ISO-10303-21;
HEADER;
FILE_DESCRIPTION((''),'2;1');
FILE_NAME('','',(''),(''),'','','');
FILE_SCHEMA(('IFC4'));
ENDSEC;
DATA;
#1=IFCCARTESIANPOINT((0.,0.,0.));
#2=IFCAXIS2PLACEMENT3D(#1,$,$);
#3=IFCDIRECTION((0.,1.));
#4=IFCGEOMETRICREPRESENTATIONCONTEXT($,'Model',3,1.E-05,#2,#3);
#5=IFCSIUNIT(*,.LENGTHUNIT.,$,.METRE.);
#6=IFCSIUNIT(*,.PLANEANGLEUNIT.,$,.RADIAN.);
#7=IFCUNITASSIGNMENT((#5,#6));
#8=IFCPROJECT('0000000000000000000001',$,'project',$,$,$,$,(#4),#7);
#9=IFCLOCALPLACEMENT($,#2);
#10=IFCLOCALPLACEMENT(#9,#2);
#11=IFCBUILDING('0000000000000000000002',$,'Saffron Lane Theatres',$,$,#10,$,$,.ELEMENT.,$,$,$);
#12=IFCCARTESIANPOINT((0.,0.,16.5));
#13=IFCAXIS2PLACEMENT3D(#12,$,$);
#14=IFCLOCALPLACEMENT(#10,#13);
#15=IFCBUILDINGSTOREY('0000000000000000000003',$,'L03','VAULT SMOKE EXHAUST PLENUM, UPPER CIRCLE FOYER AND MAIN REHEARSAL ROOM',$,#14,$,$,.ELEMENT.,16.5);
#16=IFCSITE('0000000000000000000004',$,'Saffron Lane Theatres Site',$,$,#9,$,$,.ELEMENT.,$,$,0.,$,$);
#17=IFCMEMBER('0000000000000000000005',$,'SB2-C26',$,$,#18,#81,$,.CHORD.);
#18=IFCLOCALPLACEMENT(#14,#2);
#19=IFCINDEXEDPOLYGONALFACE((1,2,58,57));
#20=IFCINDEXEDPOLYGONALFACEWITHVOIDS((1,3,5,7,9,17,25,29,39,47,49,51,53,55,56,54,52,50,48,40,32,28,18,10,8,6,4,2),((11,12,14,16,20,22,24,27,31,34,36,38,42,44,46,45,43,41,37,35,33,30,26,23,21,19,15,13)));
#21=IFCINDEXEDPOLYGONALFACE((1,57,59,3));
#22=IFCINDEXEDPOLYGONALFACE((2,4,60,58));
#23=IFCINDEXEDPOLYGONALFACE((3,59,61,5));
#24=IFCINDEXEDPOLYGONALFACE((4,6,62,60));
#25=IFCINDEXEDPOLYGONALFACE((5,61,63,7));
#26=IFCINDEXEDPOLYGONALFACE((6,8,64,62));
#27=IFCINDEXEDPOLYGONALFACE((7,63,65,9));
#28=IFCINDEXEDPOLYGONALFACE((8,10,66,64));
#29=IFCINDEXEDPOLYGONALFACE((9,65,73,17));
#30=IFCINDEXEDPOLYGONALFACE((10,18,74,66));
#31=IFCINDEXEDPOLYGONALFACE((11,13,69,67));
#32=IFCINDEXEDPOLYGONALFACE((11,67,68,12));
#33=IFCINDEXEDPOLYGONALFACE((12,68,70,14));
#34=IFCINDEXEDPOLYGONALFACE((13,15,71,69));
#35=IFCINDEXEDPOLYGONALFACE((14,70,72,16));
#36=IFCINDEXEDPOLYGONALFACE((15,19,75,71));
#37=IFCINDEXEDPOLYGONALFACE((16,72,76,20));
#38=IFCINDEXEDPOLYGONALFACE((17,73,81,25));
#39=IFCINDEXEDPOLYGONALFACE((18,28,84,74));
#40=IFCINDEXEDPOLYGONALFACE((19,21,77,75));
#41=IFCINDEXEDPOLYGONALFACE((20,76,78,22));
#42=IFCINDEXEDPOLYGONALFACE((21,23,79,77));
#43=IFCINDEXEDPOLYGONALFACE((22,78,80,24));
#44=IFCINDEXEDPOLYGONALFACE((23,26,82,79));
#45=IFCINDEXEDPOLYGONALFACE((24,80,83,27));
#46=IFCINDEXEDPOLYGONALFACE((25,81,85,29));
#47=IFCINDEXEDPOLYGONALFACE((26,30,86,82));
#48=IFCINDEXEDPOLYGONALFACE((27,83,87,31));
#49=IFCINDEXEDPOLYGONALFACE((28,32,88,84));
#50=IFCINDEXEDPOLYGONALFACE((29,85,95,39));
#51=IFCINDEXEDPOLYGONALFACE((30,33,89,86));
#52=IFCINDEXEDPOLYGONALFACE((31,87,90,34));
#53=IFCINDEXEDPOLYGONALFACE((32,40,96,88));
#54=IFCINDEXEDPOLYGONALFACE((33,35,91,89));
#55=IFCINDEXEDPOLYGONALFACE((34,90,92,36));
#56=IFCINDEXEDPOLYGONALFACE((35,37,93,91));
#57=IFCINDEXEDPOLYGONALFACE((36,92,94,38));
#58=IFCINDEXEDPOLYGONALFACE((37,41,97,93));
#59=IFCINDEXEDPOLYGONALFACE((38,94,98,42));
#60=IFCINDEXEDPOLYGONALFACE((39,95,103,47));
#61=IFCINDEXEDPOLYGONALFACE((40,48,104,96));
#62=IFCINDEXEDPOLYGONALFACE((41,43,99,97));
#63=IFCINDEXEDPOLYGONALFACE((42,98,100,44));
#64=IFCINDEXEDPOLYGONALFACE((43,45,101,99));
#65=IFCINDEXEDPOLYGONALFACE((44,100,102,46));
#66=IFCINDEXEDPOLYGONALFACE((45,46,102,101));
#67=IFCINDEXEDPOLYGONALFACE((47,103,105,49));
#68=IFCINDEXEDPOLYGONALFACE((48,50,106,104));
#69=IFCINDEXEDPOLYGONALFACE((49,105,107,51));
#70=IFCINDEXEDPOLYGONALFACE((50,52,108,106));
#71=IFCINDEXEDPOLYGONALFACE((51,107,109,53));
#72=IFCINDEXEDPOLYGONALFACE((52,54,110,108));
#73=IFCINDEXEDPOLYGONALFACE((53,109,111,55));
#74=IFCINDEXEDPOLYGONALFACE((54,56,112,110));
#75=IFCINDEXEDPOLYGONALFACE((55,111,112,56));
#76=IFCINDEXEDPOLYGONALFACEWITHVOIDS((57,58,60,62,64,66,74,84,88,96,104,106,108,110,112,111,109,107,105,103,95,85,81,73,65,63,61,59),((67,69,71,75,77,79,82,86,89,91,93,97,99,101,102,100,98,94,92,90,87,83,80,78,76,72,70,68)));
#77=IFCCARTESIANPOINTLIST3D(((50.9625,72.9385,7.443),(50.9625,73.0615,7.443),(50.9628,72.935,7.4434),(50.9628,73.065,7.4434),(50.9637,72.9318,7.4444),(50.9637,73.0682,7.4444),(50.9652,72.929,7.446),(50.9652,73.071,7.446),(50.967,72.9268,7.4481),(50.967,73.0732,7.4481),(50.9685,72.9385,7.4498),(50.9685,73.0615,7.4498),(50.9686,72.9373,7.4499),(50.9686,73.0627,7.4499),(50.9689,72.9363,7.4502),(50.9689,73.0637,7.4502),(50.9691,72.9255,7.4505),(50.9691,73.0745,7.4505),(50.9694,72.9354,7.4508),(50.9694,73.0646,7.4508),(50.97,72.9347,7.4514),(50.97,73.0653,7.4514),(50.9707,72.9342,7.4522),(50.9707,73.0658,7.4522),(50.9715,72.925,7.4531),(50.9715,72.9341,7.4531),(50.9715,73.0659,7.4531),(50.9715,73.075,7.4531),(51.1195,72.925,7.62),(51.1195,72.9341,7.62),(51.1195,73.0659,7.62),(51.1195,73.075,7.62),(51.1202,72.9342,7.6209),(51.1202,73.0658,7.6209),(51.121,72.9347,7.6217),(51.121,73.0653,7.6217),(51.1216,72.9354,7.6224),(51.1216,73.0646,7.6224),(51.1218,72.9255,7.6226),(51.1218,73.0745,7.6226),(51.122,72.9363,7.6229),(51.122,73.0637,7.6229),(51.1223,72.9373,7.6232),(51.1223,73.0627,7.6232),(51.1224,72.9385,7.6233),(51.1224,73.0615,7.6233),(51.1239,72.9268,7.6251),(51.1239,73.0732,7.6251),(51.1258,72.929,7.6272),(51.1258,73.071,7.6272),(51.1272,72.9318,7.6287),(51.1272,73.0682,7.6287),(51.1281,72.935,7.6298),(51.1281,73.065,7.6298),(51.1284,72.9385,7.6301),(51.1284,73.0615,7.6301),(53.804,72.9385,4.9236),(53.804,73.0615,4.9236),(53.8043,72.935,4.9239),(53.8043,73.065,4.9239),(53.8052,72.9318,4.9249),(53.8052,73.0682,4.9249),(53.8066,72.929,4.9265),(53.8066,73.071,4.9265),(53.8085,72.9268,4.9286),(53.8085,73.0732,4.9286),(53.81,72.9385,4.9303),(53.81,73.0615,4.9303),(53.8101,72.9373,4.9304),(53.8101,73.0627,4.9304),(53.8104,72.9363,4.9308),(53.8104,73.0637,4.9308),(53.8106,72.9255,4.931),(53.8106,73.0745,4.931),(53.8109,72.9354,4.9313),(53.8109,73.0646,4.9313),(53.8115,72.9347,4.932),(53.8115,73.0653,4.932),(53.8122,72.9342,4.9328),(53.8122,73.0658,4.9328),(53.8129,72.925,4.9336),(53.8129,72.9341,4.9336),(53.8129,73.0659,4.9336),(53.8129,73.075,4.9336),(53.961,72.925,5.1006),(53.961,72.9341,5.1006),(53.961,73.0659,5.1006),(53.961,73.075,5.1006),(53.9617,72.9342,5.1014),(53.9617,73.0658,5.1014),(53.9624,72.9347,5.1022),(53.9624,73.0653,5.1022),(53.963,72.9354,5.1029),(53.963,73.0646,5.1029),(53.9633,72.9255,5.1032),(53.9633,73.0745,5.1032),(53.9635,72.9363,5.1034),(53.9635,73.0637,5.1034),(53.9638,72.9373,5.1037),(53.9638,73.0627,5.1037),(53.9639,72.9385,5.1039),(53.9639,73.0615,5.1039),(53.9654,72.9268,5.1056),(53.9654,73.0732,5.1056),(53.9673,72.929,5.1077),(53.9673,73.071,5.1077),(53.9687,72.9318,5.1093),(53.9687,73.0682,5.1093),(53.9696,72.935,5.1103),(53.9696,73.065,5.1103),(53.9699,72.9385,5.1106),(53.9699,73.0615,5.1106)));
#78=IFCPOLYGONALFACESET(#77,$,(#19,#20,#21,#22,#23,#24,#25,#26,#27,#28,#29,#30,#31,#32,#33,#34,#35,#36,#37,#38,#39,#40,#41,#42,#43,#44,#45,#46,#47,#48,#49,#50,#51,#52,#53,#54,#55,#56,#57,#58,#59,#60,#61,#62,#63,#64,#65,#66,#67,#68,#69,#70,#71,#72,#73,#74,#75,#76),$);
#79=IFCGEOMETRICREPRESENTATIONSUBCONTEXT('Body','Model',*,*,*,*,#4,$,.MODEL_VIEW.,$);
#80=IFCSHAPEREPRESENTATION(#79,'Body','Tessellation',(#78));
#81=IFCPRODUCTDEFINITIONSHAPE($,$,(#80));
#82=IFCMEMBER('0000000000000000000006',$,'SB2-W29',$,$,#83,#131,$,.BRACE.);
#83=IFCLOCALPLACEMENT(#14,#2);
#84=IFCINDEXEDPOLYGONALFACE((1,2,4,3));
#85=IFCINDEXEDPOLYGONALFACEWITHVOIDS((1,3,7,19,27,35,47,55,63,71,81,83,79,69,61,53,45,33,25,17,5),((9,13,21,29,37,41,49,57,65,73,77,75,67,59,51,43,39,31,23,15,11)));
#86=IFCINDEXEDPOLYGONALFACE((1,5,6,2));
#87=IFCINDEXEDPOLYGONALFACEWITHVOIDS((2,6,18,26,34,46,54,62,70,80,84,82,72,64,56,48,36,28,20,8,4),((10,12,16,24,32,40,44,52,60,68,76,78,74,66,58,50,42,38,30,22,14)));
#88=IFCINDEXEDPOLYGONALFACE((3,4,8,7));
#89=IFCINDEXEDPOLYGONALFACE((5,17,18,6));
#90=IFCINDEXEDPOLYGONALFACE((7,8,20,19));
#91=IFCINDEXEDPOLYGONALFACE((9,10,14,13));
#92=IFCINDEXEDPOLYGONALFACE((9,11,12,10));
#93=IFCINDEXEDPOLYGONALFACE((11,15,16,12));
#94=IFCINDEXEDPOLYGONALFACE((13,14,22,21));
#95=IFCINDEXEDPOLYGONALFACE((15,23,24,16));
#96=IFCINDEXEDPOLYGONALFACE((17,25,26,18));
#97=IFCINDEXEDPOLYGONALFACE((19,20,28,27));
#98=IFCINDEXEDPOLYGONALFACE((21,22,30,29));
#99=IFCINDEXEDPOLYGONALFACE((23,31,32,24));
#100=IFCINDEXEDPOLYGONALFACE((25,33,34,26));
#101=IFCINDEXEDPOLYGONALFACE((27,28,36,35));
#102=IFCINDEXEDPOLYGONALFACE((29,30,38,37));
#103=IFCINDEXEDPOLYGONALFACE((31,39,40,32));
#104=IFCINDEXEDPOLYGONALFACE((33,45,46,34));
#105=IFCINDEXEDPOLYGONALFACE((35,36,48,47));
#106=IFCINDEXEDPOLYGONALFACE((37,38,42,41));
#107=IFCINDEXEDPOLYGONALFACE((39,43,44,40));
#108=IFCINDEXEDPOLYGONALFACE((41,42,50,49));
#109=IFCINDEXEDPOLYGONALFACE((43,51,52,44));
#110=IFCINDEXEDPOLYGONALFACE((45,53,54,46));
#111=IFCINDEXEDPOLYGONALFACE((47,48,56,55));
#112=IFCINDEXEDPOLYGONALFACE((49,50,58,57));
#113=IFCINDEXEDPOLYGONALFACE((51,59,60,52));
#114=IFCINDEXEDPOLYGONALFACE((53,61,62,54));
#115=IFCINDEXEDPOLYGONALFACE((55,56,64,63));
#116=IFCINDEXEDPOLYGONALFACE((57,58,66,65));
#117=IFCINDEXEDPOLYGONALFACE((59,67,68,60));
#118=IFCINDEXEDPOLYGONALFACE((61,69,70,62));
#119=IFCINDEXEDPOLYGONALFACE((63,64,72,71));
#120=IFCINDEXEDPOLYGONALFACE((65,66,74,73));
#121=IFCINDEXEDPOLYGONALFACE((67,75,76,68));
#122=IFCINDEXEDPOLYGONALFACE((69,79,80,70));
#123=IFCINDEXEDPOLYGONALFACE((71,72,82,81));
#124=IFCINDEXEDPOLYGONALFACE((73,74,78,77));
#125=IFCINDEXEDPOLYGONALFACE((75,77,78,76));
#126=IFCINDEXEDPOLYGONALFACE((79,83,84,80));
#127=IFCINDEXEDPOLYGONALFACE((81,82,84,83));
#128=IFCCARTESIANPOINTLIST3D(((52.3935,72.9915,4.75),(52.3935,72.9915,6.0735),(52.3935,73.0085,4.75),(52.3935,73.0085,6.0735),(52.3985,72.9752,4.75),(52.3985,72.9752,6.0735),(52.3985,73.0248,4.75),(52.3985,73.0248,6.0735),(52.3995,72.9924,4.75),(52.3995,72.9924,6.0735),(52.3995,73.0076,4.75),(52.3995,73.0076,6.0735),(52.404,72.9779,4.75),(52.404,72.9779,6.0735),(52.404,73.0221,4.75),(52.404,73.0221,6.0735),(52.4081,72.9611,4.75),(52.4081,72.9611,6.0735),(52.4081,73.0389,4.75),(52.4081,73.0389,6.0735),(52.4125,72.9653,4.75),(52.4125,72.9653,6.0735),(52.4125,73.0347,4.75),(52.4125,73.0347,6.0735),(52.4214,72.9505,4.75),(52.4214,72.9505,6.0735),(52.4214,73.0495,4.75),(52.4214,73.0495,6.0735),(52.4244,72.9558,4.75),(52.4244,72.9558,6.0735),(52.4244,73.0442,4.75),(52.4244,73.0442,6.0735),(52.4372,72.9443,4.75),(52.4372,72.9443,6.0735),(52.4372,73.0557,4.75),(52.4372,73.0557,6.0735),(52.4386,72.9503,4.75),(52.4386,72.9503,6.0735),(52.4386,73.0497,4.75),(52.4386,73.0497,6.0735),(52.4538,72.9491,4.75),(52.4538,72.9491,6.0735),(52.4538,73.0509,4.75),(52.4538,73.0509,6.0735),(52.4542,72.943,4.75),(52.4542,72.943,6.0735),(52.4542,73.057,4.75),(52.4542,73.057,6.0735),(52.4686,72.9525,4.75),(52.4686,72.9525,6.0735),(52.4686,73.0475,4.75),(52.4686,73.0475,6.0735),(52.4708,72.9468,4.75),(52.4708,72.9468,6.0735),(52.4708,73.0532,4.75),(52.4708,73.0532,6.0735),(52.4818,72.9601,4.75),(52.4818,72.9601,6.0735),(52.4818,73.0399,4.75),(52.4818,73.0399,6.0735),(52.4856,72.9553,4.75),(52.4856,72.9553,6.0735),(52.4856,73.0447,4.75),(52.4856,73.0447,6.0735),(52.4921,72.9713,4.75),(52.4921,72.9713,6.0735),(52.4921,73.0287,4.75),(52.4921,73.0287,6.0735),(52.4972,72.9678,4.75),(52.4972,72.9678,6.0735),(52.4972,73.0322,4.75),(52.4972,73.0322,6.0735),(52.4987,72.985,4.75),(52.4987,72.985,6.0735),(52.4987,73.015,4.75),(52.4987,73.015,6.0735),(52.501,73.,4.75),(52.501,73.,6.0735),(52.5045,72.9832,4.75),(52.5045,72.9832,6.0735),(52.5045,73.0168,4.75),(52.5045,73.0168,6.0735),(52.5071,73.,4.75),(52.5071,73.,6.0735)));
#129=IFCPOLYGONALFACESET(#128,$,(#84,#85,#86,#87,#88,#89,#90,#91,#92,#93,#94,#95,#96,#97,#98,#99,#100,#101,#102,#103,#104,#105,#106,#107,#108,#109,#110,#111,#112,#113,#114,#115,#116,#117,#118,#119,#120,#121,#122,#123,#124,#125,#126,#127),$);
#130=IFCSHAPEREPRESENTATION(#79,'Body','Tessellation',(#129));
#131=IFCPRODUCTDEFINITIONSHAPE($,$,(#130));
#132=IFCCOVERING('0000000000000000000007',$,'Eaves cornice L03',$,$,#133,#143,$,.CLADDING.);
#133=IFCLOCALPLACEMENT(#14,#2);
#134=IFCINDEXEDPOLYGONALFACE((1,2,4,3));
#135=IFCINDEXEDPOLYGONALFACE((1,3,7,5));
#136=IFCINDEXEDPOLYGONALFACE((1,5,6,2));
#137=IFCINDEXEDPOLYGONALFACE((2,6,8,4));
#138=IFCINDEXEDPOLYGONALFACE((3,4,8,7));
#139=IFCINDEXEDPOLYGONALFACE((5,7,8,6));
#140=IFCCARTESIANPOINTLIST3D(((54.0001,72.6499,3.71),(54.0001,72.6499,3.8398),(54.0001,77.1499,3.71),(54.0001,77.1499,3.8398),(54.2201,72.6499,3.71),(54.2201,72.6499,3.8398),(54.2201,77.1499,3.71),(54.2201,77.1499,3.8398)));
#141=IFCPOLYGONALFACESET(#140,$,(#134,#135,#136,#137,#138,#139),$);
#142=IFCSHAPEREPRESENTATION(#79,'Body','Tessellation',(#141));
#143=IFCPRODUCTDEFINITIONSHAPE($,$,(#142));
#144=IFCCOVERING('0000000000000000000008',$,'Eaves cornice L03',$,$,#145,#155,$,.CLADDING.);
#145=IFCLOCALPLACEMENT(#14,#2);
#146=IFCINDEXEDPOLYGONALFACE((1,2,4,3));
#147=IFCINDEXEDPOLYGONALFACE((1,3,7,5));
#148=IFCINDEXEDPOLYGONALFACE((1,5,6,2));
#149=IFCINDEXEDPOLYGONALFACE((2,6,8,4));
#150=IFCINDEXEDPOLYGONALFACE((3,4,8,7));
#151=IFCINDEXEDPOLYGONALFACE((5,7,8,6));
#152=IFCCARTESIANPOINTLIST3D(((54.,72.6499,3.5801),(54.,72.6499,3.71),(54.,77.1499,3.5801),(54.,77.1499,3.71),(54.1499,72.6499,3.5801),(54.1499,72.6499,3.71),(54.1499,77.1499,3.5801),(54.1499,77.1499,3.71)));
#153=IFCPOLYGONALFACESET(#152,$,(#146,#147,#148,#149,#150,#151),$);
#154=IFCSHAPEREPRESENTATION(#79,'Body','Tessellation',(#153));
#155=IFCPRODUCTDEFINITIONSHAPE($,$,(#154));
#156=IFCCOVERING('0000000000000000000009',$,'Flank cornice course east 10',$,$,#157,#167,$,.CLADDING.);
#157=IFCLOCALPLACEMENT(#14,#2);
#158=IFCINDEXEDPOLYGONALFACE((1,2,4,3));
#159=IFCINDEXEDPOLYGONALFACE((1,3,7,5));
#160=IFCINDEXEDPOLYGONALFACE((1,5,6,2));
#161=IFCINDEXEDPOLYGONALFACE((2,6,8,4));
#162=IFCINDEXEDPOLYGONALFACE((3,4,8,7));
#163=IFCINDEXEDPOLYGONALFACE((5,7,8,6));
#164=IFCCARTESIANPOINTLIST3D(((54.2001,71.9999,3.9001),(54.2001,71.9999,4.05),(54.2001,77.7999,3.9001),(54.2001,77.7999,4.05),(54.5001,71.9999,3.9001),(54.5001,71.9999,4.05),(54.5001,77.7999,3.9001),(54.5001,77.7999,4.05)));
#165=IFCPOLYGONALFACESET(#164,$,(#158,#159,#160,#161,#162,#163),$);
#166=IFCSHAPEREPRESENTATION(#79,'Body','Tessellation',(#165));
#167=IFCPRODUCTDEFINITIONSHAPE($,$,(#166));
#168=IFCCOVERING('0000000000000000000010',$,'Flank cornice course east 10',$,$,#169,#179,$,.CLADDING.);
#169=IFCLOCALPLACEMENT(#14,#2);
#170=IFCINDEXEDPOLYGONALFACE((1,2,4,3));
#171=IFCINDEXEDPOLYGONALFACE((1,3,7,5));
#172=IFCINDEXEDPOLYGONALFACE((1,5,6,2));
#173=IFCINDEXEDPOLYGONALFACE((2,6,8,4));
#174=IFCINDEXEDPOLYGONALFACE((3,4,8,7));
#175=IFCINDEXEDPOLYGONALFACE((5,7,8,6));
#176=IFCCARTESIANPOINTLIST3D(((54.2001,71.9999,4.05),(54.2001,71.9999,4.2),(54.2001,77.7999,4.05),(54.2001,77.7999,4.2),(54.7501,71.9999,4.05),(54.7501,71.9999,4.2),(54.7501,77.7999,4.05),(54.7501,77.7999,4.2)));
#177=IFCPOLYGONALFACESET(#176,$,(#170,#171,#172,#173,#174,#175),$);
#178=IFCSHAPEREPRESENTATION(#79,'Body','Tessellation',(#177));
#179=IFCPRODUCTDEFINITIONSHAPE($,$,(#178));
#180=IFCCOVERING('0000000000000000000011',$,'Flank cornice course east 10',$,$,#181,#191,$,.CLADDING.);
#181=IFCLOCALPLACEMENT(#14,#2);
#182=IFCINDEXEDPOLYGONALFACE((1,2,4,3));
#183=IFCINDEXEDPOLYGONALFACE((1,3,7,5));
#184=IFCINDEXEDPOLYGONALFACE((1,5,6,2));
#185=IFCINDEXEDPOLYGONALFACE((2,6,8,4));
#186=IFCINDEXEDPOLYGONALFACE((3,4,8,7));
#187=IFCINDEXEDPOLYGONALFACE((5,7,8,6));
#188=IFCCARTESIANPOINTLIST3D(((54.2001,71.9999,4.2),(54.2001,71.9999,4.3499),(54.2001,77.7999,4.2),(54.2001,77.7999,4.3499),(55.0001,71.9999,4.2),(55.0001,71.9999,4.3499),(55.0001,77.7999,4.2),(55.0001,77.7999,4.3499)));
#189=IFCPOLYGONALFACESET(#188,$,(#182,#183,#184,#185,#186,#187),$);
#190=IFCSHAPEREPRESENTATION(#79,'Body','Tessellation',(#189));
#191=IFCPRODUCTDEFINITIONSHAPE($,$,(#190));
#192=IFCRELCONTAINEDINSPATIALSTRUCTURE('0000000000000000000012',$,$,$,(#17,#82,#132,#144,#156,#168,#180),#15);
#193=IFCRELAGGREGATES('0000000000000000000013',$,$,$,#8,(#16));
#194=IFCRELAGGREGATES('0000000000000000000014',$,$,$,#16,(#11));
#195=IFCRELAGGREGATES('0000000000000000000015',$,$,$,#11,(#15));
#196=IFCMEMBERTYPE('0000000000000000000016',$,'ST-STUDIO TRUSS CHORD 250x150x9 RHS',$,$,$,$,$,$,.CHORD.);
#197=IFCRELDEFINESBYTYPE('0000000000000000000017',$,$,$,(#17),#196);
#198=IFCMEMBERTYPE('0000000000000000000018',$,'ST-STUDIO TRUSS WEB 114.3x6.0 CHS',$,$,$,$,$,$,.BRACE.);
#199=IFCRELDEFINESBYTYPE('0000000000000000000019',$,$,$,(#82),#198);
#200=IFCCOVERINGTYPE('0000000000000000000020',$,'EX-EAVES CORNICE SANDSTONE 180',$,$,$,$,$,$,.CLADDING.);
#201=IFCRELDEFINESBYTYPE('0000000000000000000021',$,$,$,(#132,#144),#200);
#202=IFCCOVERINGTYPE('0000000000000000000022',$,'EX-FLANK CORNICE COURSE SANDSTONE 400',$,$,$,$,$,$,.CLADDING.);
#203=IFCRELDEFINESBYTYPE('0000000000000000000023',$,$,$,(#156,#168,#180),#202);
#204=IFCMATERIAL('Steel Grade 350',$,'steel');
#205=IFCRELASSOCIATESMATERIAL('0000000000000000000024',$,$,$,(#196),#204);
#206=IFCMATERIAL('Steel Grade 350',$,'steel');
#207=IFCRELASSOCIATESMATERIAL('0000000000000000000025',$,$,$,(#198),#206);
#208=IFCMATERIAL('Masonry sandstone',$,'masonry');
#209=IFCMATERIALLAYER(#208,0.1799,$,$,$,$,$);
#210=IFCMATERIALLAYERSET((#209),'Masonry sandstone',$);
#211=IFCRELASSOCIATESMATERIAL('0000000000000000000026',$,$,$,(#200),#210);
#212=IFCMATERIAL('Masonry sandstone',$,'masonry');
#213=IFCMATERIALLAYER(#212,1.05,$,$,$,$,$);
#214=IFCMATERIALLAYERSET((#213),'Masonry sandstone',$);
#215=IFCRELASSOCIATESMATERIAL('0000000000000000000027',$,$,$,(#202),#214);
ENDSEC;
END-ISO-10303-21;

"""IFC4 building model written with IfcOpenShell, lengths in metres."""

from ifc_helpers import new_model, si_unit, direction, frame, origin, origin_2d, place, context, subcontext, project, spatial, rectangle, hollow_rectangle, hollow_circle, extrude, material, layer, layer_set, material_profile, profile_set, type_object, element, save


model = new_model("IFC4")

# Units and contexts
model_context = context("Model", 3, precision=1e-05, world=origin(), true_north=direction((0.0, 1.0)))
body_context = subcontext(model_context, "Body", "Model", "MODEL_VIEW")
ifc_project = project(units=[si_unit("LENGTHUNIT", "METRE"), si_unit("PLANEANGLEUNIT", "RADIAN")], contexts=[model_context])

# Site, building, storey
site_placement = place(None, origin())
site = spatial("IfcSite", under=ifc_project, at=site_placement, Name="Saffron Lane Theatres Site", CompositionType="ELEMENT", RefElevation=0.0)
building_placement = place(site_placement, origin())
building = spatial("IfcBuilding", under=site, at=building_placement, Name="Saffron Lane Theatres", CompositionType="ELEMENT")
storey_placement = place(building_placement, frame((0.0, 0.0, 16.5)))
storey = spatial("IfcBuildingStorey", under=building, at=storey_placement, Name="L03", Description="VAULT SMOKE EXHAUST PLENUM, UPPER CIRCLE FOYER AND MAIN REHEARSAL ROOM", CompositionType="ELEMENT", Elevation=16.5)

# Members
ifc_material_1 = material(Name="Steel Grade 350", Category="steel")
ifc_material_profile_1 = material_profile(ifc_material_1, hollow_rectangle(XDim=0.1499, YDim=0.25, WallThickness=0.009, InnerFilletRadius=0.0044, OuterFilletRadius=0.0134, at=origin_2d()))
ifc_profile_set_1 = profile_set([ifc_material_profile_1], Name="Steel Grade 350")
member_type_1 = type_object("IfcMemberType", Name="ST-STUDIO TRUSS CHORD 250x150x9 RHS", PredefinedType="CHORD", material=ifc_profile_set_1)
member_1_placement = place(storey_placement, frame((53.887, 73.0, 5.0171), z_axis=(-0.748232, 0.0, 0.663438), x_axis=(0.0, -1.0, 0.0)))
element("IfcMember", 1, at=member_1_placement, inside=storey, type_object=member_type_1, Name="SB2-C26", PredefinedType="CHORD", context=body_context, shape_type="SweptSolid", body=[
    extrude(hollow_rectangle(XDim=0.1499, YDim=0.25, WallThickness=0.009, InnerFilletRadius=0.0044, OuterFilletRadius=0.0134, at=origin_2d()), origin(), (0.0, 0.0, 1.0), 3.7976),
])
ifc_material_2 = material(Name="Steel Grade 350", Category="steel")
ifc_material_profile_2 = material_profile(ifc_material_2, hollow_circle(Radius=0.0571, WallThickness=0.0061, at=origin_2d()))
ifc_profile_set_2 = profile_set([ifc_material_profile_2], Name="Steel Grade 350")
member_type_2 = type_object("IfcMemberType", Name="ST-STUDIO TRUSS WEB 114.3x6.0 CHS", PredefinedType="BRACE", material=ifc_profile_set_2)
member_2_placement = place(storey_placement, frame((52.45, 73.0, 4.75), z_axis=(0.0, 0.0, 1.0), x_axis=(1.0, 0.0, 0.0)))
element("IfcMember", 2, at=member_2_placement, inside=storey, type_object=member_type_2, Name="SB2-W29", PredefinedType="BRACE", context=body_context, shape_type="SweptSolid", body=[
    extrude(hollow_circle(Radius=0.0571, WallThickness=0.0061, at=origin_2d()), origin(), (0.0, 0.0, 1.0), 1.3235),
])

# Coverings
ifc_material_3 = material(Name="Masonry sandstone", Category="masonry")
ifc_layer_1 = layer(ifc_material_3, 0.1799)
ifc_layer_set_1 = layer_set([ifc_layer_1], Name="Masonry sandstone")
covering_type_1 = type_object("IfcCoveringType", Name="EX-EAVES CORNICE SANDSTONE 180", PredefinedType="CLADDING", material=ifc_layer_set_1)
covering_1_placement = place(storey_placement, frame((54.1101, 74.8999, 3.71), z_axis=(0.0, 0.0, 1.0), x_axis=(0.0, -1.0, 0.0)))
element("IfcCovering", 3, at=covering_1_placement, inside=storey, type_object=covering_type_1, Name="Eaves cornice L03", PredefinedType="CLADDING", context=body_context, shape_type="SweptSolid", body=[
    extrude(rectangle(XDim=4.5, YDim=0.22, at=origin_2d()), origin(), (0.0, 0.0, 1.0), 0.1299),
])
covering_2_placement = place(storey_placement, frame((54.075, 74.8999, 3.5801), z_axis=(0.0, 0.0, 1.0), x_axis=(0.0, -1.0, 0.0)))
element("IfcCovering", 4, at=covering_2_placement, inside=storey, type_object=covering_type_1, Name="Eaves cornice L03", PredefinedType="CLADDING", context=body_context, shape_type="SweptSolid", body=[
    extrude(rectangle(XDim=4.5, YDim=0.1499, at=origin_2d()), origin(), (0.0, 0.0, 1.0), 0.1299),
])
ifc_material_4 = material(Name="Masonry sandstone", Category="masonry")
ifc_layer_2 = layer(ifc_material_4, 1.05)
ifc_layer_set_2 = layer_set([ifc_layer_2], Name="Masonry sandstone")
covering_type_2 = type_object("IfcCoveringType", Name="EX-FLANK CORNICE COURSE SANDSTONE 400", PredefinedType="CLADDING", material=ifc_layer_set_2)
covering_3_placement = place(storey_placement, frame((54.3501, 74.8999, 3.9001), z_axis=(0.0, 0.0, 1.0), x_axis=(0.0, 1.0, 0.0)))
element("IfcCovering", 5, at=covering_3_placement, inside=storey, type_object=covering_type_2, Name="Flank cornice course east 10", PredefinedType="CLADDING", context=body_context, shape_type="SweptSolid", body=[
    extrude(rectangle(XDim=5.8, YDim=0.3, at=origin_2d()), origin(), (0.0, 0.0, 1.0), 0.1499),
])
covering_4_placement = place(storey_placement, frame((54.4751, 74.8999, 4.05), z_axis=(0.0, 0.0, 1.0), x_axis=(0.0, 1.0, 0.0)))
element("IfcCovering", 6, at=covering_4_placement, inside=storey, type_object=covering_type_2, Name="Flank cornice course east 10", PredefinedType="CLADDING", context=body_context, shape_type="SweptSolid", body=[
    extrude(rectangle(XDim=5.8, YDim=0.55, at=origin_2d()), origin(), (0.0, 0.0, 1.0), 0.1499),
])
covering_5_placement = place(storey_placement, frame((54.6001, 74.8999, 4.2), z_axis=(0.0, 0.0, 1.0), x_axis=(0.0, 1.0, 0.0)))
element("IfcCovering", 7, at=covering_5_placement, inside=storey, type_object=covering_type_2, Name="Flank cornice course east 10", PredefinedType="CLADDING", context=body_context, shape_type="SweptSolid", body=[
    extrude(rectangle(XDim=5.8, YDim=0.8, at=origin_2d()), origin(), (0.0, 0.0, 1.0), 0.1499),
])

save(model, "model.ifc")
